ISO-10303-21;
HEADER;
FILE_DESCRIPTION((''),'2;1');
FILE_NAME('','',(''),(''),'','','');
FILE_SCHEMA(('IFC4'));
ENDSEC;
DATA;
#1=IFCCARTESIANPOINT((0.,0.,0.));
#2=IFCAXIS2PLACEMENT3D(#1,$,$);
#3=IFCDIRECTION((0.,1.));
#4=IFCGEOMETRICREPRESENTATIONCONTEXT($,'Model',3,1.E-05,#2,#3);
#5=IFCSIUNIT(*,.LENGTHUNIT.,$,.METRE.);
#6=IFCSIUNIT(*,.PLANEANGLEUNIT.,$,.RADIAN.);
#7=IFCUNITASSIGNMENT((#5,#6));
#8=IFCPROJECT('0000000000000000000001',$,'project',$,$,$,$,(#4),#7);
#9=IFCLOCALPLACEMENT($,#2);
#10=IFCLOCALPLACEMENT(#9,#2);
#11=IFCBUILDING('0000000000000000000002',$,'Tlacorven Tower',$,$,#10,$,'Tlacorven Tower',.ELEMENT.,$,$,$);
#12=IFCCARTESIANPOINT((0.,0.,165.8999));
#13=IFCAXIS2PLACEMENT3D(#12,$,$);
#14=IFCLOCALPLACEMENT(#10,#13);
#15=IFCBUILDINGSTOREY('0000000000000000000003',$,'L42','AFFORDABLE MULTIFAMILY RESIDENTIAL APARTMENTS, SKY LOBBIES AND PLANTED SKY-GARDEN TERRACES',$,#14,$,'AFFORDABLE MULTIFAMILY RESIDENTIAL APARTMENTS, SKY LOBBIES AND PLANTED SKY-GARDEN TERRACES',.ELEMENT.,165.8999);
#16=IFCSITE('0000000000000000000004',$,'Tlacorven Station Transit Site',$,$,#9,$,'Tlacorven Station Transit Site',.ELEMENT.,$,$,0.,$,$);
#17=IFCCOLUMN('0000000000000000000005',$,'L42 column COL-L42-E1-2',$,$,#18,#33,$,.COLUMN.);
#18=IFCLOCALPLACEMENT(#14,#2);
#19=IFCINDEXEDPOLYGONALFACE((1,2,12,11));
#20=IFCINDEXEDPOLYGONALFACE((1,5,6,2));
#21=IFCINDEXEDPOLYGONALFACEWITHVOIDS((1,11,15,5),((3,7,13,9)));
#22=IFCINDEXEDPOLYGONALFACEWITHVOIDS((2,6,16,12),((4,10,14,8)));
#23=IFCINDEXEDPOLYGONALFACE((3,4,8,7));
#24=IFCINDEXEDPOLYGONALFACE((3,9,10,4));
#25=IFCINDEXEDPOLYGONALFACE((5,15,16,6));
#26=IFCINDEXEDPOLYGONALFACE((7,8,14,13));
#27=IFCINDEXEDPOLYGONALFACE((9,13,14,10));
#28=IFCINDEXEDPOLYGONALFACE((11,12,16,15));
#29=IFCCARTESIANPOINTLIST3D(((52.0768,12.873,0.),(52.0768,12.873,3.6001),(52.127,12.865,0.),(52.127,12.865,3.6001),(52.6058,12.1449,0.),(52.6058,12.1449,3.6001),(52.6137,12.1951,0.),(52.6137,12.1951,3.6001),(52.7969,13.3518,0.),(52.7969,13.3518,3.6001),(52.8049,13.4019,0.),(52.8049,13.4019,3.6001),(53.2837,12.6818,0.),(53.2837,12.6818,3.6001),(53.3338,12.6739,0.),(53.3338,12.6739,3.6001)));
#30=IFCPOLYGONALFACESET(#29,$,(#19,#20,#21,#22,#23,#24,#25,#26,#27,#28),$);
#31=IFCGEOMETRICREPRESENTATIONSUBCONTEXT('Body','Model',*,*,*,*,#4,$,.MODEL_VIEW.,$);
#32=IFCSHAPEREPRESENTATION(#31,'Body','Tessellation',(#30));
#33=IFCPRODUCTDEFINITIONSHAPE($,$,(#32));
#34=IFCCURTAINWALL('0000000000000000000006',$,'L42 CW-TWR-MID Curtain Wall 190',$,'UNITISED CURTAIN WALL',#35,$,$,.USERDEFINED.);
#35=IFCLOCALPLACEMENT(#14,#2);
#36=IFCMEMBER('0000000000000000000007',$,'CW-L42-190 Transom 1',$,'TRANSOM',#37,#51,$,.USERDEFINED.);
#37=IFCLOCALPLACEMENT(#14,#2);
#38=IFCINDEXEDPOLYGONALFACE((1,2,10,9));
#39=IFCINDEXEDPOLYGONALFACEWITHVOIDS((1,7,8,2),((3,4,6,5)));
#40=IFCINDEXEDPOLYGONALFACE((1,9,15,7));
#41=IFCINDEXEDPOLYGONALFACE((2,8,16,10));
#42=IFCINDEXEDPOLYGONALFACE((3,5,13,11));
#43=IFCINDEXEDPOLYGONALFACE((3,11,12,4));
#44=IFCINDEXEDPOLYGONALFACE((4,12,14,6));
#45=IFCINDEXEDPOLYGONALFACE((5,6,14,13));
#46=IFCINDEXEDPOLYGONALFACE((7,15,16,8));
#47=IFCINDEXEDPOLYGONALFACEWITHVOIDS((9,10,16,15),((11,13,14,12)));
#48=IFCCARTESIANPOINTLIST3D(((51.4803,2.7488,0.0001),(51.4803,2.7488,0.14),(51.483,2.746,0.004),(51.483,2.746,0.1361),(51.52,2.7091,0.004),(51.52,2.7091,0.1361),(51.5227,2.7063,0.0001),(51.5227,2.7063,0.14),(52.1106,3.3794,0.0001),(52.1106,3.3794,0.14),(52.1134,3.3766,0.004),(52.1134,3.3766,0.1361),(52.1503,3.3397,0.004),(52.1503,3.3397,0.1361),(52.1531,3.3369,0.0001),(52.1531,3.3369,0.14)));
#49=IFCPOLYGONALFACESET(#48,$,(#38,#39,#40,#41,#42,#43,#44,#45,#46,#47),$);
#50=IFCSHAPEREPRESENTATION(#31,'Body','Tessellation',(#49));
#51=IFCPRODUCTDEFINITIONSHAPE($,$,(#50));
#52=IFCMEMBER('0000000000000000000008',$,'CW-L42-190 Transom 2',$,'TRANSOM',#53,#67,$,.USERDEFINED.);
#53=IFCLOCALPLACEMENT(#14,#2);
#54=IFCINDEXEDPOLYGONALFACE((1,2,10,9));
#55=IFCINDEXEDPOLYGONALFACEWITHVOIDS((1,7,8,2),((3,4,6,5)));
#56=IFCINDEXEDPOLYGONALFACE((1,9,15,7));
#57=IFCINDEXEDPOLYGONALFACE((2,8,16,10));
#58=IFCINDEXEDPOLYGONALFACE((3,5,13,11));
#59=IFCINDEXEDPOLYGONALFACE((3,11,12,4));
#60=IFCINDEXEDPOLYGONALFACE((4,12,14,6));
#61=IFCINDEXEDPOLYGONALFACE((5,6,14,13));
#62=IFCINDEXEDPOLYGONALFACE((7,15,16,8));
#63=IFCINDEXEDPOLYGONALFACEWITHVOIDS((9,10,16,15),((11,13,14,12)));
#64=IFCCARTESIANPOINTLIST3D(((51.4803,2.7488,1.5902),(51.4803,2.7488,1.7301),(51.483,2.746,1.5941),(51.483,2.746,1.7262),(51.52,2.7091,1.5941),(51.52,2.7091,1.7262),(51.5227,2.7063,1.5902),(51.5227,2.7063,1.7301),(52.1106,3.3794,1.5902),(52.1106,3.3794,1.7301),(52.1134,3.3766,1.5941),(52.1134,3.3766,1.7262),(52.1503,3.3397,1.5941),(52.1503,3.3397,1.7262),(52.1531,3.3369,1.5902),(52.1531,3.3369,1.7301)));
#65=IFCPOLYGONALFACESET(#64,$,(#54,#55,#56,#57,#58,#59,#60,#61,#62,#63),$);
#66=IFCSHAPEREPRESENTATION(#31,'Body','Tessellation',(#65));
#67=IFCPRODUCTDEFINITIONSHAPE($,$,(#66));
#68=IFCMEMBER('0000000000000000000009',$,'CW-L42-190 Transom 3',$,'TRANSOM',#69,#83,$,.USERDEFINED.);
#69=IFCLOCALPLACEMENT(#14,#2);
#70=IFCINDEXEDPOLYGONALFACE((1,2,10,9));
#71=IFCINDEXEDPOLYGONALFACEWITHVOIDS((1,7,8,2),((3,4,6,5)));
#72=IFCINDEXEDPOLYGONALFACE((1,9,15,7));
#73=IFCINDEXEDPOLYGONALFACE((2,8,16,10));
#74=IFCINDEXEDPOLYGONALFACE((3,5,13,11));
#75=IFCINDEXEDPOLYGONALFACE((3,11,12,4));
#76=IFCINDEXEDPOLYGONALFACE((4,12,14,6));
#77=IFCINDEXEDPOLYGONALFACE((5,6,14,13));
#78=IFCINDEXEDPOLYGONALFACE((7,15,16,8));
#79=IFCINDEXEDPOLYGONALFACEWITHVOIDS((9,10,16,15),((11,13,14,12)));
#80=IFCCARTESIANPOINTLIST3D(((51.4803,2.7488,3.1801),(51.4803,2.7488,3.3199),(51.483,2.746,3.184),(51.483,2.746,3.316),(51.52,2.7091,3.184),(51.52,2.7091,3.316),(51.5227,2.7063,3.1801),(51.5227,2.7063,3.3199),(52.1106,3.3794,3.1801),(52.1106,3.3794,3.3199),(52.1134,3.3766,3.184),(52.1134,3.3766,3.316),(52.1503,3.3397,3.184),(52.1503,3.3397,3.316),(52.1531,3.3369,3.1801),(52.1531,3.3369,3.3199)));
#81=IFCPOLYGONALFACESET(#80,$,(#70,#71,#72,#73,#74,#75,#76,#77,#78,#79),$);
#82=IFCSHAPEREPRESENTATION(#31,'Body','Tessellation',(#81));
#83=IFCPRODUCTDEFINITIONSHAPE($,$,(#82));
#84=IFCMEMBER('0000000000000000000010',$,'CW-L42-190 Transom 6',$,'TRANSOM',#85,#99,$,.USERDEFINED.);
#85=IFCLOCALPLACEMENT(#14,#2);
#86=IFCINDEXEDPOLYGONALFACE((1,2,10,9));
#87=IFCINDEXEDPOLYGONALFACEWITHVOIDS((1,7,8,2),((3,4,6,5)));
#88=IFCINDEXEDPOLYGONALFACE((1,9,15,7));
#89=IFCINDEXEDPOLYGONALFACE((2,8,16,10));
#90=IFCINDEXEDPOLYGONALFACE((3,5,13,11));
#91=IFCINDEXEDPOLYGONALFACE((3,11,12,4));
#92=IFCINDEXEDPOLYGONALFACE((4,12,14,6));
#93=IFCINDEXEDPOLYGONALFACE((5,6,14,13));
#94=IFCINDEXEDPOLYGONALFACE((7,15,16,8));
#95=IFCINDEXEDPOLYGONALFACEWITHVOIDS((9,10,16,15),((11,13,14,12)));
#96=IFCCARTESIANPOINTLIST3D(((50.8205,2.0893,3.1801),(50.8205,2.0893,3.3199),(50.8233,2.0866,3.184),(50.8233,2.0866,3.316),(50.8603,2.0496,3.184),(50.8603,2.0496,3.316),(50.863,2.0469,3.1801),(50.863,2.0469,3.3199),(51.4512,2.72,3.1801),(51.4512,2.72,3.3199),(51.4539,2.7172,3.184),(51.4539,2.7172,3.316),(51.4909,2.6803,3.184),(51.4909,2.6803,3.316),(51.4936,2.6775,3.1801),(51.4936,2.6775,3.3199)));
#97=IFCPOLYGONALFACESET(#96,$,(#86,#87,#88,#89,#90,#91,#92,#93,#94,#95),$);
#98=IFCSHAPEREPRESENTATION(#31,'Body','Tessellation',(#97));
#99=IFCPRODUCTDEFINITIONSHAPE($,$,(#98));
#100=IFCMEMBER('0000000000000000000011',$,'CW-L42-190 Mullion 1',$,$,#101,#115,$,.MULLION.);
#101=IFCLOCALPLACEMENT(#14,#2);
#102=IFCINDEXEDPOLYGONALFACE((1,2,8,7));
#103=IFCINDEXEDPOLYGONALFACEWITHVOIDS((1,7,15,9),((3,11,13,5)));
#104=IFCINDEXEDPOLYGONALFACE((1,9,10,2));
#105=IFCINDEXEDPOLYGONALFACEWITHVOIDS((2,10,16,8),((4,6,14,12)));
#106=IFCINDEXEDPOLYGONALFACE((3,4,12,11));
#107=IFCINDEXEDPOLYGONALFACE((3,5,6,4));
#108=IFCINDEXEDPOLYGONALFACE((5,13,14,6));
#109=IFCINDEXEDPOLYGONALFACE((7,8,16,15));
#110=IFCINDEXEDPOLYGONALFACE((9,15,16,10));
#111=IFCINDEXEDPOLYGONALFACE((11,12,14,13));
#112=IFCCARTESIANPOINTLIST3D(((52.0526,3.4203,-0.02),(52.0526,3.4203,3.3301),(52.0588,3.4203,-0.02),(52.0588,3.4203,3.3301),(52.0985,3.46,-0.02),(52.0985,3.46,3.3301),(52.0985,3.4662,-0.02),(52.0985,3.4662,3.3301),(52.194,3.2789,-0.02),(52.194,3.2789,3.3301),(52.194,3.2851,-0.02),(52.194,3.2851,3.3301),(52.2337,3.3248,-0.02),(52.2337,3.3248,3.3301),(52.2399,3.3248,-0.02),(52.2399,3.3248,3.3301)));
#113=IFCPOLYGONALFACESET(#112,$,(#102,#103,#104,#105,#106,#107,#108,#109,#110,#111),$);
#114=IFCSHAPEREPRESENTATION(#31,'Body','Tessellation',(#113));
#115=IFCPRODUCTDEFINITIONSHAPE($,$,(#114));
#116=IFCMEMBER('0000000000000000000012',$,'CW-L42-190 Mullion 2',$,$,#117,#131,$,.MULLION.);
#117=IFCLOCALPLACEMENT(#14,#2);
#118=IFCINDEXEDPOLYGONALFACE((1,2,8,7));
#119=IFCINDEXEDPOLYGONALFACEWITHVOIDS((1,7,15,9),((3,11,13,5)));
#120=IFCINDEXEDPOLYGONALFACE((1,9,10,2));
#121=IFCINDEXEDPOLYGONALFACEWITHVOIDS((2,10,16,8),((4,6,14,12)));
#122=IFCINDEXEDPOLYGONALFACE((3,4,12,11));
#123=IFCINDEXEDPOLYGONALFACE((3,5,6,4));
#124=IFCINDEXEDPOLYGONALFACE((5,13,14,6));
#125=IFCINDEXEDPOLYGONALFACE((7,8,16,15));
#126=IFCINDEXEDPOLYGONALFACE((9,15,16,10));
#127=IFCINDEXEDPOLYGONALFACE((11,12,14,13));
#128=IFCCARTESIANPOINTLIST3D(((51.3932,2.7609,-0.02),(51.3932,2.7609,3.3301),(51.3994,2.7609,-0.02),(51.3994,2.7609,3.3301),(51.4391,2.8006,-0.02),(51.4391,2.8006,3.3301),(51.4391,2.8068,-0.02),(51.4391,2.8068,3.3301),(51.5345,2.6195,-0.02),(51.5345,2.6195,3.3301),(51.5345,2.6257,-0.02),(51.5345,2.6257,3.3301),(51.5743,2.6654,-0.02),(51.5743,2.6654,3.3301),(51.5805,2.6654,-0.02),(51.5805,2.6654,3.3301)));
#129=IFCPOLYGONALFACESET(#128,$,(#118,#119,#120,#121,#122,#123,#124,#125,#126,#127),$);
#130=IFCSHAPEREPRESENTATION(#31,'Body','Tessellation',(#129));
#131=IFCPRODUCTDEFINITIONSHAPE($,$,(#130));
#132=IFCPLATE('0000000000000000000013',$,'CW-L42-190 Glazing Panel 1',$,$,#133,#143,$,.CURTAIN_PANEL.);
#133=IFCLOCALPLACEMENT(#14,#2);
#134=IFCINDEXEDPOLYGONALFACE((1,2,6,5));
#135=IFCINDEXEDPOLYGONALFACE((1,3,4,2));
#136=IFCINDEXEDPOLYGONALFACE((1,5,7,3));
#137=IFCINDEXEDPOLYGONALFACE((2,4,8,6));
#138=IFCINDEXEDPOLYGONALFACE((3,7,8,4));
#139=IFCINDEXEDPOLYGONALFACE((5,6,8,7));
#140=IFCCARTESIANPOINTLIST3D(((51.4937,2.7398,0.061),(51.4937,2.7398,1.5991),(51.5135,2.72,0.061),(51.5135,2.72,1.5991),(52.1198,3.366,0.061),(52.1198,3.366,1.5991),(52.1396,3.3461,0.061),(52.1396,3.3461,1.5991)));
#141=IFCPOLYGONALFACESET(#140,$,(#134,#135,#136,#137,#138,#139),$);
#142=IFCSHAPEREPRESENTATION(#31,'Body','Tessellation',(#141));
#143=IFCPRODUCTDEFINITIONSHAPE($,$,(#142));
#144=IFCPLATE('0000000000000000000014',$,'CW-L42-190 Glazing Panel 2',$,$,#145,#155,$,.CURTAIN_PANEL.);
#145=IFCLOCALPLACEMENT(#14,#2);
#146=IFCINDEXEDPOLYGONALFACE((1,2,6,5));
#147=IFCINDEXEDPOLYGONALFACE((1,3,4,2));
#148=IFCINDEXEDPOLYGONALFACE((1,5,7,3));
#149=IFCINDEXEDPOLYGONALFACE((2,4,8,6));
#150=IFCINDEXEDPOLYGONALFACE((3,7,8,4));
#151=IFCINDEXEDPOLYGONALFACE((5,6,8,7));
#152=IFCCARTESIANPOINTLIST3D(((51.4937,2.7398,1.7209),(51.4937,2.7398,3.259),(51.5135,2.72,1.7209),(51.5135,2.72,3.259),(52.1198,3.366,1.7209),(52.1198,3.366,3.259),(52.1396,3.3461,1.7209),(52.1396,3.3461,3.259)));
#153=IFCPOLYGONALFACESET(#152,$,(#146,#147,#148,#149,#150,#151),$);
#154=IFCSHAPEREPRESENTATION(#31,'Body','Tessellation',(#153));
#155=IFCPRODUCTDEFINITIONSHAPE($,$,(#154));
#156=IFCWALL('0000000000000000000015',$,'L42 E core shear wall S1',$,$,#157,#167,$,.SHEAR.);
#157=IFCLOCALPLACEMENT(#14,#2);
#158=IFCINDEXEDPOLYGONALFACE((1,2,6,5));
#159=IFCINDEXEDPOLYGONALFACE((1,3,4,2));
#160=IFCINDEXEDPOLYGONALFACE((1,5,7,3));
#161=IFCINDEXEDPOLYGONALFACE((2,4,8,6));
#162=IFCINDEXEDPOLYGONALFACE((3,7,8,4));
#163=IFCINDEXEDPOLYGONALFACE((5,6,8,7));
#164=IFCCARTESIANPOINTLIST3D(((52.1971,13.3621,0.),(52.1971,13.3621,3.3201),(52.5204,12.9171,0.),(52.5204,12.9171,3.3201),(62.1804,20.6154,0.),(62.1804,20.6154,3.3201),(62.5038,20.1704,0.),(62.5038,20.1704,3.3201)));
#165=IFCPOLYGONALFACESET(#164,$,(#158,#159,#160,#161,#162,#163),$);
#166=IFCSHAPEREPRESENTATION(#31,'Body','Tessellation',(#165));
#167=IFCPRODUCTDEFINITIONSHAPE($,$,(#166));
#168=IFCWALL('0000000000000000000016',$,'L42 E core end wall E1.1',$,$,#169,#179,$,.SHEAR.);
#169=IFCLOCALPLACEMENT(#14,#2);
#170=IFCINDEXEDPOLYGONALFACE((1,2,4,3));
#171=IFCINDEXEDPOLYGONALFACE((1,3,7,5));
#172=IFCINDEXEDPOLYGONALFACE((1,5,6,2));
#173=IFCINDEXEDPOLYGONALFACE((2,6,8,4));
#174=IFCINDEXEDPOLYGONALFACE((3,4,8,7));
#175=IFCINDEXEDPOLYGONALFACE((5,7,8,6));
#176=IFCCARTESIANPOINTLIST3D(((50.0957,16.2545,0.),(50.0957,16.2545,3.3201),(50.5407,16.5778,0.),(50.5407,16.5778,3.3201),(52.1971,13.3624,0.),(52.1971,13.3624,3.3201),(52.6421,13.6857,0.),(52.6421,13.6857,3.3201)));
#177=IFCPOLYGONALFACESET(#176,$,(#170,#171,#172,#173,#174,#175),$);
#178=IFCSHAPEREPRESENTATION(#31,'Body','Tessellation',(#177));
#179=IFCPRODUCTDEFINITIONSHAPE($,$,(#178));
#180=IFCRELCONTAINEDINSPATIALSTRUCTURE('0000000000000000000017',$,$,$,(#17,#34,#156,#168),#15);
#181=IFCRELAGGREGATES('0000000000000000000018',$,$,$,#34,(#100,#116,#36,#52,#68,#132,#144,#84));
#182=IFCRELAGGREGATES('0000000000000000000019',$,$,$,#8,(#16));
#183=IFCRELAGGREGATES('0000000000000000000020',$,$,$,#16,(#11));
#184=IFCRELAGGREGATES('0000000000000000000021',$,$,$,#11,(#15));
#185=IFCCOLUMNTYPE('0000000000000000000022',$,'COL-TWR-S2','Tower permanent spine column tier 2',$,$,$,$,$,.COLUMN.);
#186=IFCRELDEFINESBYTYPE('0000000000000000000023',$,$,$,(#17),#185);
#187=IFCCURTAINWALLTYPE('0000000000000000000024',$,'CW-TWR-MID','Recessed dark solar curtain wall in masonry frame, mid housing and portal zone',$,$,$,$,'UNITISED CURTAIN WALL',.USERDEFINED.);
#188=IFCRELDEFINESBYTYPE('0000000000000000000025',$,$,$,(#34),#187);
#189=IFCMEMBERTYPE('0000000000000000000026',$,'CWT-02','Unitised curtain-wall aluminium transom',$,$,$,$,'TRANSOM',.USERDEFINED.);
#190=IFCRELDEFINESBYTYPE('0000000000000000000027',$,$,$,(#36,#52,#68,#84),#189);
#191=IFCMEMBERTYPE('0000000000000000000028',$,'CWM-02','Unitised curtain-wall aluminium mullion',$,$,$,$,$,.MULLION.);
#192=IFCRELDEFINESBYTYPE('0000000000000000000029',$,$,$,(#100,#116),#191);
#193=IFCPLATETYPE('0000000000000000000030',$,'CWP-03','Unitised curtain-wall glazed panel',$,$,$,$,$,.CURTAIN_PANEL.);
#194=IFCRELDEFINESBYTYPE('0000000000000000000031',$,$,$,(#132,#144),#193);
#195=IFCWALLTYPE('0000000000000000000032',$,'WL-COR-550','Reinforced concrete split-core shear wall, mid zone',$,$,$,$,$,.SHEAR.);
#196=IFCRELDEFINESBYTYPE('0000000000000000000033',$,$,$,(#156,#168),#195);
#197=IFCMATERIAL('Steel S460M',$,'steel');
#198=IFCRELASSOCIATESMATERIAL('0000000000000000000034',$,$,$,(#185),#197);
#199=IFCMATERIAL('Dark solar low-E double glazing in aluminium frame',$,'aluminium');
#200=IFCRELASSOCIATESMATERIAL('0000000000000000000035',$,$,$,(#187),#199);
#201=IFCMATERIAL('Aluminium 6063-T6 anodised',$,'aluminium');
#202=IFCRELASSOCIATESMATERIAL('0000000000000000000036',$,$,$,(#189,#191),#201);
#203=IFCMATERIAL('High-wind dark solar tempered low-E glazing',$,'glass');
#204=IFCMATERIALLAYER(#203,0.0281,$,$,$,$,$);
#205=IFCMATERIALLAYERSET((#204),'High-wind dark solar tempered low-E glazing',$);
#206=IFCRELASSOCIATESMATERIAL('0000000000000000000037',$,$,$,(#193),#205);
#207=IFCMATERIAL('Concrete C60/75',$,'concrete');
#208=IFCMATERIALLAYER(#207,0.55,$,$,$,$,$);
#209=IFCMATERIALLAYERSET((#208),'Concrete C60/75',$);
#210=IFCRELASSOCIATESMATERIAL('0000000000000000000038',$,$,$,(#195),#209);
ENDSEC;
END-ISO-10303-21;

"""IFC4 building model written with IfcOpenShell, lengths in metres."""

from ifc_helpers import new_model, si_unit, direction, frame, frame_2d, origin, origin_2d, place, context, subcontext, project, spatial, rectangle, hollow_rectangle, extrude, source, transform, mapped, material, layer, layer_set, material_profile, profile_set, type_object, element, aggregate, save


model = new_model("IFC4")

# Units and contexts
model_context = context("Model", 3, precision=1e-05, world=origin(), true_north=direction((0.0, 1.0)))
body_context = subcontext(model_context, "Body", "Model", "MODEL_VIEW")
ifc_project = project(units=[si_unit("LENGTHUNIT", "METRE"), si_unit("PLANEANGLEUNIT", "RADIAN")], contexts=[model_context])

# Site, building, storey
site_placement = place(None, origin())
site = spatial("IfcSite", under=ifc_project, at=site_placement, Name="Tlacorven Station Transit Site", LongName="Tlacorven Station Transit Site", CompositionType="ELEMENT", RefElevation=0.0)
building_placement = place(site_placement, origin())
building = spatial("IfcBuilding", under=site, at=building_placement, Name="Tlacorven Tower", LongName="Tlacorven Tower", CompositionType="ELEMENT")
storey_placement = place(building_placement, frame((0.0, 0.0, 165.8999)))
storey = spatial("IfcBuildingStorey", under=building, at=storey_placement, Name="L42", Description="AFFORDABLE MULTIFAMILY RESIDENTIAL APARTMENTS, SKY LOBBIES AND PLANTED SKY-GARDEN TERRACES", LongName="AFFORDABLE MULTIFAMILY RESIDENTIAL APARTMENTS, SKY LOBBIES AND PLANTED SKY-GARDEN TERRACES", CompositionType="ELEMENT", Elevation=165.8999)

# Column
ifc_material_1 = material(Name="Steel S460M", Category="steel")
ifc_material_profile_1 = material_profile(ifc_material_1, hollow_rectangle(XDim=0.8999, YDim=0.8999, WallThickness=0.0359, at=origin_2d()), Name="BOX 900X900X36")
ifc_profile_set_1 = profile_set([ifc_material_profile_1], Name="Steel S460M")
column_type = type_object("IfcColumnType", Name="COL-TWR-S2", Description="Tower permanent spine column tier 2", PredefinedType="COLUMN", material=ifc_profile_set_1)
shared_shape_1 = source(origin(), body_context, "Body", "SweptSolid", [
    extrude(hollow_rectangle(XDim=0.8999, YDim=0.8999, WallThickness=0.0359, at=origin_2d()), origin(), (0.0, 0.0, 1.0), 3.6001),
])
column_placement = place(storey_placement, frame((52.7053, 12.7734, 0.0), z_axis=(0.0, 0.0, 1.0), x_axis=(0.809017, 0.587785, 0.0)))
element("IfcColumn", 1, at=column_placement, inside=storey, type_object=column_type, Name="L42 column COL-L42-E1-2", PredefinedType="COLUMN", context=body_context, shape_type="MappedRepresentation", body=[
    mapped(shared_shape_1, transform((0.0, 0.0, 0.0), scale=1.0)),
])

# Curtain wall, members, plates
ifc_material_2 = material(Name="Dark solar low-E double glazing in aluminium frame", Category="aluminium")
curtain_wall_type = type_object("IfcCurtainWallType", Name="CW-TWR-MID", Description="Recessed dark solar curtain wall in masonry frame, mid housing and portal zone", ElementType="UNITISED CURTAIN WALL", PredefinedType="USERDEFINED", material=ifc_material_2)
curtain_wall_placement = place(storey_placement, origin())
curtain_wall = element("IfcCurtainWall", 2, at=curtain_wall_placement, inside=storey, type_object=curtain_wall_type, Name="L42 CW-TWR-MID Curtain Wall 190", ObjectType="UNITISED CURTAIN WALL", PredefinedType="USERDEFINED")
ifc_material_3 = material(Name="Aluminium 6063-T6 anodised", Category="aluminium")
ifc_material_profile_2 = material_profile(ifc_material_3, hollow_rectangle(XDim=0.0601, YDim=0.1399, WallThickness=0.0039, at=origin_2d()), Name="ALU TRANSOM 60X140")
ifc_profile_set_2 = profile_set([ifc_material_profile_2], Name="Aluminium 6063-T6 anodised")
member_type_1 = type_object("IfcMemberType", Name="CWT-02", Description="Unitised curtain-wall aluminium transom", ElementType="TRANSOM", PredefinedType="USERDEFINED", material=ifc_profile_set_2)
shared_shape_2 = source(origin(), body_context, "Body", "SweptSolid", [
    extrude(hollow_rectangle(XDim=0.0601, YDim=0.1399, WallThickness=0.0039, at=origin_2d()), origin(), (0.0, 0.0, 1.0), 0.8916),
])
member_1_placement = place(storey_placement, frame((52.1318, 3.3582, 0.0701), z_axis=(-0.70697, -0.707244, 0.0), x_axis=(0.707244, -0.70697, 0.0)))
member_1 = element("IfcMember", 3, at=member_1_placement, type_object=member_type_1, Name="CW-L42-190 Transom 1", ObjectType="TRANSOM", PredefinedType="USERDEFINED", context=body_context, shape_type="MappedRepresentation", body=[
    mapped(shared_shape_2, transform((0.0, 0.0, 0.0), scale=1.0)),
])
member_2_placement = place(storey_placement, frame((52.1318, 3.3582, 1.6602), z_axis=(-0.70697, -0.707244, 0.0), x_axis=(0.707244, -0.70697, 0.0)))
member_2 = element("IfcMember", 4, at=member_2_placement, type_object=member_type_1, Name="CW-L42-190 Transom 2", ObjectType="TRANSOM", PredefinedType="USERDEFINED", context=body_context, shape_type="MappedRepresentation", body=[
    mapped(shared_shape_2, transform((0.0, 0.0, 0.0), scale=1.0)),
])
member_3_placement = place(storey_placement, frame((52.1318, 3.3582, 3.25), z_axis=(-0.70697, -0.707244, 0.0), x_axis=(0.707244, -0.70697, 0.0)))
member_3 = element("IfcMember", 5, at=member_3_placement, type_object=member_type_1, Name="CW-L42-190 Transom 3", ObjectType="TRANSOM", PredefinedType="USERDEFINED", context=body_context, shape_type="MappedRepresentation", body=[
    mapped(shared_shape_2, transform((0.0, 0.0, 0.0), scale=1.0)),
])
shared_shape_3 = source(origin(), body_context, "Body", "SweptSolid", [
    extrude(hollow_rectangle(XDim=0.0601, YDim=0.1399, WallThickness=0.0039, at=origin_2d()), origin(), (0.0, 0.0, 1.0), 0.8918),
])
member_4_placement = place(storey_placement, frame((51.4724, 2.6987, 3.25), z_axis=(-0.707107, -0.707107, 0.0), x_axis=(0.707107, -0.707107, 0.0)))
member_4 = element("IfcMember", 6, at=member_4_placement, type_object=member_type_1, Name="CW-L42-190 Transom 6", ObjectType="TRANSOM", PredefinedType="USERDEFINED", context=body_context, shape_type="MappedRepresentation", body=[
    mapped(shared_shape_3, transform((0.0, 0.0, 0.0), scale=1.0)),
])
ifc_material_profile_3 = material_profile(ifc_material_3, hollow_rectangle(XDim=0.0649, YDim=0.2, WallThickness=0.0044, at=origin_2d()), Name="ALU MULLION 65X200")
ifc_profile_set_3 = profile_set([ifc_material_profile_3], Name="Aluminium 6063-T6 anodised")
member_type_2 = type_object("IfcMemberType", Name="CWM-02", Description="Unitised curtain-wall aluminium mullion", PredefinedType="MULLION", material=ifc_profile_set_3)
shared_shape_4 = source(origin(), body_context, "Body", "SweptSolid", [
    extrude(hollow_rectangle(XDim=0.0649, YDim=0.2, WallThickness=0.0044, at=origin_2d()), origin(), (0.0, 0.0, 1.0), 3.3501),
])
member_5_placement = place(storey_placement, frame((52.1462, 3.3726, -0.02), z_axis=(0.0, 0.0, 1.0), x_axis=(-0.707107, -0.707107, 0.0)))
member_5 = element("IfcMember", 7, at=member_5_placement, type_object=member_type_2, Name="CW-L42-190 Mullion 1", PredefinedType="MULLION", context=body_context, shape_type="MappedRepresentation", body=[
    mapped(shared_shape_4, transform((0.0, 0.0, 0.0), scale=1.0)),
])
member_6_placement = place(storey_placement, frame((51.4868, 2.7131, -0.02), z_axis=(0.0, 0.0, 1.0), x_axis=(-0.707107, -0.707107, 0.0)))
member_6 = element("IfcMember", 8, at=member_6_placement, type_object=member_type_2, Name="CW-L42-190 Mullion 2", PredefinedType="MULLION", context=body_context, shape_type="MappedRepresentation", body=[
    mapped(shared_shape_4, transform((0.0, 0.0, 0.0), scale=1.0)),
])
ifc_material_4 = material(Name="High-wind dark solar tempered low-E glazing", Category="glass")
ifc_layer_1 = layer(ifc_material_4, 0.0281)
ifc_layer_set_1 = layer_set([ifc_layer_1], Name="High-wind dark solar tempered low-E glazing")
plate_type = type_object("IfcPlateType", Name="CWP-03", Description="Unitised curtain-wall glazed panel", PredefinedType="CURTAIN_PANEL", material=ifc_layer_set_1)
shared_shape_5 = source(origin(), body_context, "Body", "SweptSolid", [
    extrude(rectangle(XDim=0.8855, YDim=0.0281, at=origin_2d()), origin(), (0.0, 0.0, 1.0), 1.5381),
])
plate_1_placement = place(storey_placement, frame((51.8167, 3.043, 0.061), z_axis=(0.0, 0.0, 1.0), x_axis=(-0.707107, -0.707107, 0.0)))
plate_1 = element("IfcPlate", 9, at=plate_1_placement, type_object=plate_type, Name="CW-L42-190 Glazing Panel 1", PredefinedType="CURTAIN_PANEL", context=body_context, shape_type="MappedRepresentation", body=[
    mapped(shared_shape_5, transform((0.0, 0.0, 0.0), scale=1.0)),
])
plate_2_placement = place(storey_placement, frame((51.8167, 3.043, 1.7209), z_axis=(0.0, 0.0, 1.0), x_axis=(-0.707107, -0.707107, 0.0)))
plate_2 = element("IfcPlate", 10, at=plate_2_placement, type_object=plate_type, Name="CW-L42-190 Glazing Panel 2", PredefinedType="CURTAIN_PANEL", context=body_context, shape_type="MappedRepresentation", body=[
    mapped(shared_shape_5, transform((0.0, 0.0, 0.0), scale=1.0)),
])
aggregate(curtain_wall, [member_5, member_6, member_1, member_2, member_3, plate_1, plate_2, member_4])

# Walls
ifc_material_5 = material(Name="Concrete C60/75", Category="concrete")
ifc_layer_2 = layer(ifc_material_5, 0.55)
ifc_layer_set_2 = layer_set([ifc_layer_2], Name="Concrete C60/75")
wall_type_1 = type_object("IfcWallType", Name="WL-COR-550", Description="Reinforced concrete split-core shear wall, mid zone", PredefinedType="SHEAR", material=ifc_layer_set_2)
wall_1_placement = place(storey_placement, frame((52.3589, 13.1396, 0.0), z_axis=(0.0, 0.0, 1.0), x_axis=(0.809015, 0.587788, 0.0)))
element("IfcWall", 11, at=wall_1_placement, inside=storey, type_object=wall_type_1, Name="L42 E core shear wall S1", PredefinedType="SHEAR", context=body_context, shape_type="SweptSolid", body=[
    extrude(rectangle(XDim=12.3401, YDim=0.55, at=frame_2d((6.1699, 0.0))), origin(), (0.0, 0.0, 1.0), 3.3201),
])
wall_2_placement = place(storey_placement, frame((52.4197, 13.5239, 0.0), z_axis=(0.0, 0.0, 1.0), x_axis=(-0.587802, 0.809005, 0.0)))
element("IfcWall", 12, at=wall_2_placement, inside=storey, type_object=wall_type_1, Name="L42 E core end wall E1.1", PredefinedType="SHEAR", context=body_context, shape_type="SweptSolid", body=[
    extrude(rectangle(XDim=3.575, YDim=0.55, at=frame_2d((1.7876, 0.0))), origin(), (0.0, 0.0, 1.0), 3.3201),
])

save(model, "model.ifc")
